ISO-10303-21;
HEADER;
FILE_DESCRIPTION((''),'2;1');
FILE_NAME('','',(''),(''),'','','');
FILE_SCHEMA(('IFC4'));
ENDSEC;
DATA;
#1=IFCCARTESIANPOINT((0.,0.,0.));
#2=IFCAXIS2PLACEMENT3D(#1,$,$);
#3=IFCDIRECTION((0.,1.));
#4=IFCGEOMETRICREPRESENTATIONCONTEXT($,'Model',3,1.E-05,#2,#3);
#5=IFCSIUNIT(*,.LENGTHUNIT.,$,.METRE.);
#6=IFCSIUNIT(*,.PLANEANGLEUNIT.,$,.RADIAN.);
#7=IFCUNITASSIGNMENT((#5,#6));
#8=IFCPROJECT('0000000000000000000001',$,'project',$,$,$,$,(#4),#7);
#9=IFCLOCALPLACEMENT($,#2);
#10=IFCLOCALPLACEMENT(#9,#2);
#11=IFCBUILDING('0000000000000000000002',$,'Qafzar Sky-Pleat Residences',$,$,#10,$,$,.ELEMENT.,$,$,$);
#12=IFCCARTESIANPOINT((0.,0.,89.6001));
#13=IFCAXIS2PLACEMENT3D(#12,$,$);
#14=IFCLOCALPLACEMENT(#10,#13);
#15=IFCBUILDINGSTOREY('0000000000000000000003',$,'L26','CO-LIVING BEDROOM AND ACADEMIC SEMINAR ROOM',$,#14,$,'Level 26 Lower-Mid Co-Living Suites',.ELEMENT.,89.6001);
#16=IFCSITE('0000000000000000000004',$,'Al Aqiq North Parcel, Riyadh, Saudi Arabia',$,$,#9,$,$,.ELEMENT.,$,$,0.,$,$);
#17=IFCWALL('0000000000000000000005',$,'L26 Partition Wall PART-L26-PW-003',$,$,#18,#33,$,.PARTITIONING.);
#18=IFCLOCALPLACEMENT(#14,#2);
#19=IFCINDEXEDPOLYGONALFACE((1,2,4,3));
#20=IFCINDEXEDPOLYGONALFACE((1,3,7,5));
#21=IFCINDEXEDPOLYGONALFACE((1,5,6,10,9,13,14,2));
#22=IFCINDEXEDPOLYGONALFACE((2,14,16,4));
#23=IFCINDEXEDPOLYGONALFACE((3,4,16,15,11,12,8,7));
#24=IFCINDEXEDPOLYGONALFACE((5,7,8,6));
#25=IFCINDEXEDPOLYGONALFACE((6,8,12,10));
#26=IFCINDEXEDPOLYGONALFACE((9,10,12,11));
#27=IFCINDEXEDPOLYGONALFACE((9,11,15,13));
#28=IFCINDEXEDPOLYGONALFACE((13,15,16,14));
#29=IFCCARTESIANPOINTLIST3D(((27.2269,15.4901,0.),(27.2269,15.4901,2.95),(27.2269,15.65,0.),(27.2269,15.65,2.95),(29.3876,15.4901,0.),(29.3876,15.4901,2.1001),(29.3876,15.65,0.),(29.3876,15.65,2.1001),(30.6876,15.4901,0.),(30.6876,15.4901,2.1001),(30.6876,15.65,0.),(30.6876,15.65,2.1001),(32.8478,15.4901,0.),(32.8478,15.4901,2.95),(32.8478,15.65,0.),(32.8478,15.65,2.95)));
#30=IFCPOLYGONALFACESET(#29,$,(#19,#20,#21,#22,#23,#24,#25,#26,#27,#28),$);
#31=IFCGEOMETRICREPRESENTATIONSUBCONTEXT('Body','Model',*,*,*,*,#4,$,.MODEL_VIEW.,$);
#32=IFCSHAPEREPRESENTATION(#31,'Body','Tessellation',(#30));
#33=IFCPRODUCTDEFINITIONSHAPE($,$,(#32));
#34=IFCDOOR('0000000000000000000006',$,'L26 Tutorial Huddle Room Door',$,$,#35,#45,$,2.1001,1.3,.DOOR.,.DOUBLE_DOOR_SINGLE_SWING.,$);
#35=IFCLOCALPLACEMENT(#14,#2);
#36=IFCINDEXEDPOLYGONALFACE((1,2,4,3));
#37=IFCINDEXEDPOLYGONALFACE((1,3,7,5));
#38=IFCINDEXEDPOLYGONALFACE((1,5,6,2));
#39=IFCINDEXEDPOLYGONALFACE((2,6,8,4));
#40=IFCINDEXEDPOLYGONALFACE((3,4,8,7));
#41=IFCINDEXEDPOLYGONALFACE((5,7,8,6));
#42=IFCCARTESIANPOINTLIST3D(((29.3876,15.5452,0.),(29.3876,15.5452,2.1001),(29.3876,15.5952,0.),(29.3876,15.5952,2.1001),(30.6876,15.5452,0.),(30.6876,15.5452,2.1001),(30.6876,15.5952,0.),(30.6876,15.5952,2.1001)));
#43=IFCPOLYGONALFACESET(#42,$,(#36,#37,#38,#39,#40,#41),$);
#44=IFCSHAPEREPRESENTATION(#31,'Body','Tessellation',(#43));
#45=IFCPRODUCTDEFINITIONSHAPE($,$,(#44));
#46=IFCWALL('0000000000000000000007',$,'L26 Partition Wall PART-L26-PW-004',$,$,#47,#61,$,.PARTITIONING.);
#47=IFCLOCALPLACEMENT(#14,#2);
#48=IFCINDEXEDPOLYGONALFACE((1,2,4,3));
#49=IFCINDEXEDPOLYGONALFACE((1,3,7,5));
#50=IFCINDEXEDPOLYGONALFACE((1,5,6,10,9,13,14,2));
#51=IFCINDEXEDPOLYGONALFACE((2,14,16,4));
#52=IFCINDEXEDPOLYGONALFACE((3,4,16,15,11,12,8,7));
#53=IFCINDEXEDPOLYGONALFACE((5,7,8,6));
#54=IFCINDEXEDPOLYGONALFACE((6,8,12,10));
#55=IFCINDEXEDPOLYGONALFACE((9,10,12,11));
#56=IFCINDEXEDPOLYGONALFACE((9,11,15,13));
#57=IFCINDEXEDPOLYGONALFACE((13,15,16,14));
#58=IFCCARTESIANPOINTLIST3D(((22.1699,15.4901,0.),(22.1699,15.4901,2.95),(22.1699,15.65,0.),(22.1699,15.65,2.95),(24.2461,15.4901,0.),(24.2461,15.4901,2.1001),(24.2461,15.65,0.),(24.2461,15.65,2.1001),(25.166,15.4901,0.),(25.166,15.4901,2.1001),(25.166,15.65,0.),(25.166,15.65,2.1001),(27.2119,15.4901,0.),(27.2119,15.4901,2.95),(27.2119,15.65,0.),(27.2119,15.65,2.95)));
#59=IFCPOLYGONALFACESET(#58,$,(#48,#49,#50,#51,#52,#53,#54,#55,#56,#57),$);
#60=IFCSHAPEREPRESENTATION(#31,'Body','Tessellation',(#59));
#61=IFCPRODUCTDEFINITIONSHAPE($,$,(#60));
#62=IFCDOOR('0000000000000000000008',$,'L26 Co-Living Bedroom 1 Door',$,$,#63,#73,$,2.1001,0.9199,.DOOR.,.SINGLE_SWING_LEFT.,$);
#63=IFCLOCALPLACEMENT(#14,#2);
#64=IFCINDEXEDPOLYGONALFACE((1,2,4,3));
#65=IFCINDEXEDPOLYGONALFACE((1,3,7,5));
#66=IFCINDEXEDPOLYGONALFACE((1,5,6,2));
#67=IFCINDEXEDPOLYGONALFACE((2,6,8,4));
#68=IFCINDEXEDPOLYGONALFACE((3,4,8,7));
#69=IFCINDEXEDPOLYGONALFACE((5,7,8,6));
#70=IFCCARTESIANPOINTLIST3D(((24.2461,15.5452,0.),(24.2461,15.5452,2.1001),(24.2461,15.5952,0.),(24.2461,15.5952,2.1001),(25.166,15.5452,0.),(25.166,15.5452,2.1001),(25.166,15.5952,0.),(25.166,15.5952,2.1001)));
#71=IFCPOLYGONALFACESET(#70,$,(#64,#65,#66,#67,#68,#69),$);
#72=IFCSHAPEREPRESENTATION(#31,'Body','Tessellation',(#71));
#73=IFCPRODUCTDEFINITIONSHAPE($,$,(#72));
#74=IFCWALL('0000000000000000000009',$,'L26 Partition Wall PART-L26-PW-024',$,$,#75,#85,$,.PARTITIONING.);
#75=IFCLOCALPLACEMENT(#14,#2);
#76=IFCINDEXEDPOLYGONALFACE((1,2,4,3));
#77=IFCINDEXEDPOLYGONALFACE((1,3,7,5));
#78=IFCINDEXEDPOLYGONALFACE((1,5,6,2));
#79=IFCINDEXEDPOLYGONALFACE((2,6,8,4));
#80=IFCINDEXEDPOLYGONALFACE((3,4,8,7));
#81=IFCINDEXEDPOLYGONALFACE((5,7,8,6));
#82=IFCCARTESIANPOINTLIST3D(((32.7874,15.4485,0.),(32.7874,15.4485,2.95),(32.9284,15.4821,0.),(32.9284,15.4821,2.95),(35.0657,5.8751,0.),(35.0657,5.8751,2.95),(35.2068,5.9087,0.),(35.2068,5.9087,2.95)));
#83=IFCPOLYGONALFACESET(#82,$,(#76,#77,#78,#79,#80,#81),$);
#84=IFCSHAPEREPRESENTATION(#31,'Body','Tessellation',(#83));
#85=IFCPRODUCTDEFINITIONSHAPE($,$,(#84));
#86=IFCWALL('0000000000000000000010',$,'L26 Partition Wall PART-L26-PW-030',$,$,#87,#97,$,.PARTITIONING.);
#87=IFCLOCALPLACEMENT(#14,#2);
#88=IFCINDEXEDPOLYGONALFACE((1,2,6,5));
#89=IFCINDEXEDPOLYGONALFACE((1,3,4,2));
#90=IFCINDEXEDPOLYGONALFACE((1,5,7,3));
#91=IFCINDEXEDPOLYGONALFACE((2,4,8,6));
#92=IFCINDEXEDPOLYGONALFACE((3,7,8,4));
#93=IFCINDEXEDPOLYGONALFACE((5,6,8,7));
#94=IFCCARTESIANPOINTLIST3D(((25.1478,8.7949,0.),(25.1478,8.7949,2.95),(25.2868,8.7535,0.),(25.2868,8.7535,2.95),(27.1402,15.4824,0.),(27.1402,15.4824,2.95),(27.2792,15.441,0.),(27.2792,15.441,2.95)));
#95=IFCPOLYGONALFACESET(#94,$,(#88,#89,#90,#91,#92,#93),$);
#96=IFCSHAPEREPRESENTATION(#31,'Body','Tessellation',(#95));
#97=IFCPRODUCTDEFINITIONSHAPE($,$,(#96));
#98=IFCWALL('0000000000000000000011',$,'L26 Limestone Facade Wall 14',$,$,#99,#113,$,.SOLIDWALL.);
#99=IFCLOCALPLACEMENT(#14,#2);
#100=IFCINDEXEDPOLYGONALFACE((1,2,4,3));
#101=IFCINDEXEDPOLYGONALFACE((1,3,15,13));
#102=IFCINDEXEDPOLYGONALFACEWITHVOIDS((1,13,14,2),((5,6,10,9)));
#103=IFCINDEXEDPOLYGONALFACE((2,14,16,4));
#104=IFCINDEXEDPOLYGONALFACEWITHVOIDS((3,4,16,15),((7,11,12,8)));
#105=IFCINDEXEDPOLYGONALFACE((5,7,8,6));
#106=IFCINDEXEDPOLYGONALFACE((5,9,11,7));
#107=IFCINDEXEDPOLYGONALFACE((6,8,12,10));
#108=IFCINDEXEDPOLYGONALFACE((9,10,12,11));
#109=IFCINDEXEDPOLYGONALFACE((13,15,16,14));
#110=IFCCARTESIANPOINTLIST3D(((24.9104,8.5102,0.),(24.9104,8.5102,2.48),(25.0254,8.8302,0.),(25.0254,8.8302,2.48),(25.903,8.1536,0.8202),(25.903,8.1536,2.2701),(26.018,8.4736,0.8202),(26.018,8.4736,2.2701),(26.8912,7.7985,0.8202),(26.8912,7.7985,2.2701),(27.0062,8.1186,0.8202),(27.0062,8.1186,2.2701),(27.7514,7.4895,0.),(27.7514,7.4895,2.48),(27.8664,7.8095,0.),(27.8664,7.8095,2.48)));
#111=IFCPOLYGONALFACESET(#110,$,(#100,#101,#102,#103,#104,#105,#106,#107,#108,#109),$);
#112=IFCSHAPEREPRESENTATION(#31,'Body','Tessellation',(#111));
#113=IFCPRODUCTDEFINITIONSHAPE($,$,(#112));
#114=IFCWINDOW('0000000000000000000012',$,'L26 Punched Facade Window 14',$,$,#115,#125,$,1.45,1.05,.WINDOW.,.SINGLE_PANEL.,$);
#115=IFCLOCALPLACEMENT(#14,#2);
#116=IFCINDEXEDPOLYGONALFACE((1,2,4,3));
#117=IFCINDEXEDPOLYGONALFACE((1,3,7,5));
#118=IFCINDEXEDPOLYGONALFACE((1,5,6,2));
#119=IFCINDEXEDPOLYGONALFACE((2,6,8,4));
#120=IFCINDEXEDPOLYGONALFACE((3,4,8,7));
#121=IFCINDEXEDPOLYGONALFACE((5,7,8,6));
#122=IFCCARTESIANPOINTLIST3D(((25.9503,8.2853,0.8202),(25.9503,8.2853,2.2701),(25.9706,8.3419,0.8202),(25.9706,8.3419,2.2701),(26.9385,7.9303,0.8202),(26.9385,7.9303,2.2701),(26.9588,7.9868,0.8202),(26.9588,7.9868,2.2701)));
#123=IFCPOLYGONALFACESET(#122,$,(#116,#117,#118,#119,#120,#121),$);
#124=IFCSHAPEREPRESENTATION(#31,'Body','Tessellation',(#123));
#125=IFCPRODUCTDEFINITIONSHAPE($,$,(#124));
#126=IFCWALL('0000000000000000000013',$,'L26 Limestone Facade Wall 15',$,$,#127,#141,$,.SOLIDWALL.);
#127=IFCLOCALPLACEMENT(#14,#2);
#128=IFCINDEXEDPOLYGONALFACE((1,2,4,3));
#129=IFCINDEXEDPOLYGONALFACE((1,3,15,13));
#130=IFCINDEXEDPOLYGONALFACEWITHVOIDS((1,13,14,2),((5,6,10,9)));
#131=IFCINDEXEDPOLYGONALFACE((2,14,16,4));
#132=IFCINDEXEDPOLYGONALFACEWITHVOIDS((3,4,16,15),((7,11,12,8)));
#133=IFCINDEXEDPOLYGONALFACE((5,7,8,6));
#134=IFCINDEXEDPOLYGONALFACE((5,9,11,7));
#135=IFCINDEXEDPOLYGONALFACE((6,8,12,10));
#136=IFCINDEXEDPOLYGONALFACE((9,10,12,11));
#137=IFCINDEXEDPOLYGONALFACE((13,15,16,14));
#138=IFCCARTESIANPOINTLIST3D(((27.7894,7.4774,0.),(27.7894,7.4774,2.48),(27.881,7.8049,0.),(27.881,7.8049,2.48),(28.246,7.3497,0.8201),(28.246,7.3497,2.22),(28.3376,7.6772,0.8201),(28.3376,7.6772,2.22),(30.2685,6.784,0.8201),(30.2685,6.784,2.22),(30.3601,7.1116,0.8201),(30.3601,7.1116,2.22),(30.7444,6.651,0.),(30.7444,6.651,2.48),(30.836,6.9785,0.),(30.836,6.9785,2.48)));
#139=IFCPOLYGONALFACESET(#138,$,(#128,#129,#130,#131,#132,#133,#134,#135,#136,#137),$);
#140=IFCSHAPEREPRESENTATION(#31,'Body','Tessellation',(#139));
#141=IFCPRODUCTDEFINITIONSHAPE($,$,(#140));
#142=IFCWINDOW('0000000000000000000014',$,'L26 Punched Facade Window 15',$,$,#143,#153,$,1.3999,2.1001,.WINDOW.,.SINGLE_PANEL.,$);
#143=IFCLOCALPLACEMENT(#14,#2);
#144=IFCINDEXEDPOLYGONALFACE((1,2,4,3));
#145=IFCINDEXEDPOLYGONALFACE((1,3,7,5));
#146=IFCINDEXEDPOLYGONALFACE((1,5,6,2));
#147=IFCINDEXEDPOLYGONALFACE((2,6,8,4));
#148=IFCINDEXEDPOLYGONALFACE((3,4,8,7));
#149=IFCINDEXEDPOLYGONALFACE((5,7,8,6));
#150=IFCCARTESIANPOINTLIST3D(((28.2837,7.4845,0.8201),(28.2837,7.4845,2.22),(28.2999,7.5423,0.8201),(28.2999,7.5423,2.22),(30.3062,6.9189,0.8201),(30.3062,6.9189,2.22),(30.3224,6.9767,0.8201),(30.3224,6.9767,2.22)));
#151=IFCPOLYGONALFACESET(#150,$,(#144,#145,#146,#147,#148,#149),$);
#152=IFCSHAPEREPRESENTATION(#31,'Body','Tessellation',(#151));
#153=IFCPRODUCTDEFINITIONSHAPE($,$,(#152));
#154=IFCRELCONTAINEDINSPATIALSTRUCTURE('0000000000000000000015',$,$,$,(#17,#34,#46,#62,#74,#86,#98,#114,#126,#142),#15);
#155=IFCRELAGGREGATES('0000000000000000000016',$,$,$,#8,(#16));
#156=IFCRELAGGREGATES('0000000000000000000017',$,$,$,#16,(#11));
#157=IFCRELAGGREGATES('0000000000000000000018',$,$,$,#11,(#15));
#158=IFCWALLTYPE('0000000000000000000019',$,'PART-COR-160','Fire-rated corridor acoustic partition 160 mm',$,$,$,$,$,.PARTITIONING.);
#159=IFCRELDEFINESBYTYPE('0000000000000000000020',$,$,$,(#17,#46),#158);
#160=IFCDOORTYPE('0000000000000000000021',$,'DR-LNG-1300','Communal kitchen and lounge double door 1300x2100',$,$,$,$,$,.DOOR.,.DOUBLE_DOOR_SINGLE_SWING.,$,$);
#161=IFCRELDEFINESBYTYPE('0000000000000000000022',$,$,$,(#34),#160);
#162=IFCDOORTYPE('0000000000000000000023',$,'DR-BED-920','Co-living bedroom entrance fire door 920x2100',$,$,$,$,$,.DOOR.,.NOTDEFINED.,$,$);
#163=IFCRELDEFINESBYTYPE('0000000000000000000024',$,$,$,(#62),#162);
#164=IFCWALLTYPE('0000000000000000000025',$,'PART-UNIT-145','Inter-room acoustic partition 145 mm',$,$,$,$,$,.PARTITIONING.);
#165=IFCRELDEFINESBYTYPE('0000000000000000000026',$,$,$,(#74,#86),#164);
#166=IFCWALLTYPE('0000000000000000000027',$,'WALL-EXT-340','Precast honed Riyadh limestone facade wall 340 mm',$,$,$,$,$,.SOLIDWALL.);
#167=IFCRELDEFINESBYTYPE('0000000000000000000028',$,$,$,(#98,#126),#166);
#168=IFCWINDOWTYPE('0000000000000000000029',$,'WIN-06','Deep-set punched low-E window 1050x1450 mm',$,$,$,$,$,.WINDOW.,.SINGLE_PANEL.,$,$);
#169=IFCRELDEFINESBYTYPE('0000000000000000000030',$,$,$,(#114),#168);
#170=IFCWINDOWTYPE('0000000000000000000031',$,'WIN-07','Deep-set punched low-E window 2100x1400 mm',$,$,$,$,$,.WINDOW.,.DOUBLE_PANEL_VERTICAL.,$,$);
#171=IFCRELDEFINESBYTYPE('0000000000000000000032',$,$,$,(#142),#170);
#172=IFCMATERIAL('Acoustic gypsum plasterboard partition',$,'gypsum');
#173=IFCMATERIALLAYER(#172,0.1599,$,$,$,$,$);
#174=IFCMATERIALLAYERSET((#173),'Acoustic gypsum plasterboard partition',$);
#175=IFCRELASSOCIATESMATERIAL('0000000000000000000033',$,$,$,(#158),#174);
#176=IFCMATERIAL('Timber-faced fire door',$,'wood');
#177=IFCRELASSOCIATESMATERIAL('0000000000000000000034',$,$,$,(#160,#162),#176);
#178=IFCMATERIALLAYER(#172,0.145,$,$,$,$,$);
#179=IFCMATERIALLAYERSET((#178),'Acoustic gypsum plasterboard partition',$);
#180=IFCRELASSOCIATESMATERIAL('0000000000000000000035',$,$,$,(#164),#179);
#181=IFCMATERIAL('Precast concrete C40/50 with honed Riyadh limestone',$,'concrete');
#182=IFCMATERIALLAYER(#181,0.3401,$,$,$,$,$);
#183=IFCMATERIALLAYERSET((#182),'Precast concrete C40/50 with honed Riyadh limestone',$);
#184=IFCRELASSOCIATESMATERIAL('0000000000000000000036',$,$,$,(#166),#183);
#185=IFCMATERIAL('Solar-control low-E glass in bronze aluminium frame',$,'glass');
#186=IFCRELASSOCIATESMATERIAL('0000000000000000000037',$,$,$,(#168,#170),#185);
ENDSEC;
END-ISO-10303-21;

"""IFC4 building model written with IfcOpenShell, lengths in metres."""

from ifc_helpers import new_model, si_unit, direction, frame, frame_2d, origin, place, context, subcontext, project, spatial, rectangle, extrude, source, transform, mapped, material, layer, layer_set, type_object, element, fill, save


model = new_model("IFC4")

# Units and contexts
model_context = context("Model", 3, precision=1e-05, world=origin(), true_north=direction((0.0, 1.0)))
body_context = subcontext(model_context, "Body", "Model", "MODEL_VIEW")
ifc_project = project(units=[si_unit("LENGTHUNIT", "METRE"), si_unit("PLANEANGLEUNIT", "RADIAN")], contexts=[model_context])

# Site, building, storey
site_placement = place(None, origin())
site = spatial("IfcSite", under=ifc_project, at=site_placement, Name="Al Aqiq North Parcel, Riyadh, Saudi Arabia", CompositionType="ELEMENT", RefElevation=0.0)
building_placement = place(site_placement, origin())
building = spatial("IfcBuilding", under=site, at=building_placement, Name="Qafzar Sky-Pleat Residences", CompositionType="ELEMENT")
storey_placement = place(building_placement, frame((0.0, 0.0, 89.6001)))
storey = spatial("IfcBuildingStorey", under=building, at=storey_placement, Name="L26", Description="CO-LIVING BEDROOM AND ACADEMIC SEMINAR ROOM", LongName="Level 26 Lower-Mid Co-Living Suites", CompositionType="ELEMENT", Elevation=89.6001)

# Walls, openings, doors
ifc_material_1 = material(Name="Acoustic gypsum plasterboard partition", Category="gypsum")
ifc_layer_1 = layer(ifc_material_1, 0.1599)
ifc_layer_set_1 = layer_set([ifc_layer_1], Name="Acoustic gypsum plasterboard partition")
wall_type_1 = type_object("IfcWallType", Name="PART-COR-160", Description="Fire-rated corridor acoustic partition 160 mm", PredefinedType="PARTITIONING", material=ifc_layer_set_1)
wall_1_placement = place(storey_placement, frame((32.8479, 15.5701, 0.0), z_axis=(0.0, 0.0, 1.0), x_axis=(-1.0, 0.0, 0.0)))
wall_1 = element("IfcWall", 1, at=wall_1_placement, inside=storey, type_object=wall_type_1, Name="L26 Partition Wall PART-L26-PW-003", PredefinedType="PARTITIONING", context=body_context, shape_type="SweptSolid", body=[
    extrude(rectangle(XDim=5.6208, YDim=0.1599, at=frame_2d((2.8105, 0.0))), origin(), (0.0, 0.0, 1.0), 2.95),
])
opening_1_placement = place(wall_1_placement, frame((2.1604, 0.0, 0.0)))
opening_1 = element("IfcOpeningElement", 2, at=opening_1_placement, cuts=wall_1, PredefinedType="OPENING", context=body_context, shape_type="SweptSolid", body=[
    extrude(rectangle(XDim=1.3, YDim=2.1001, at=frame_2d((0.6499, 1.05))), frame((0.0, 0.0898, 0.0), z_axis=(0.0, -1.0, 0.0), x_axis=(1.0, 0.0, 0.0)), (0.0, 0.0, 1.0), 0.1799),
])
ifc_material_2 = material(Name="Timber-faced fire door", Category="wood")
door_type_1 = type_object("IfcDoorType", Name="DR-LNG-1300", Description="Communal kitchen and lounge double door 1300x2100", OperationType="DOUBLE_DOOR_SINGLE_SWING", PredefinedType="DOOR", material=ifc_material_2)
shared_shape_1 = source(origin(), body_context, "Body", "SweptSolid", [
    extrude(rectangle(XDim=1.3, YDim=2.1001, at=frame_2d((0.6499, 1.05))), frame((0.0, 0.0249, 0.0), z_axis=(0.0, -1.0, 0.0), x_axis=(1.0, 0.0, 0.0)), (0.0, 0.0, 1.0), 0.05),
])
door_1_placement = place(opening_1_placement, origin())
door_1 = element("IfcDoor", 3, at=door_1_placement, inside=storey, type_object=door_type_1, Name="L26 Tutorial Huddle Room Door", OperationType="DOUBLE_DOOR_SINGLE_SWING", OverallHeight=2.1001, OverallWidth=1.3, PredefinedType="DOOR", context=body_context, shape_type="MappedRepresentation", body=[
    mapped(shared_shape_1, transform((0.0, 0.0, 0.0), x_axis=(1.0, 0.0, 0.0), y_axis=(0.0, 1.0, 0.0), z_axis=(0.0, 0.0, 1.0), scale=1.0)),
])
fill(opening_1, door_1)
wall_2_placement = place(storey_placement, frame((27.2119, 15.5701, 0.0), z_axis=(0.0, 0.0, 1.0), x_axis=(-1.0, 0.0, 0.0)))
wall_2 = element("IfcWall", 4, at=wall_2_placement, inside=storey, type_object=wall_type_1, Name="L26 Partition Wall PART-L26-PW-004", PredefinedType="PARTITIONING", context=body_context, shape_type="SweptSolid", body=[
    extrude(rectangle(XDim=5.042, YDim=0.1599, at=frame_2d((2.521, 0.0))), origin(), (0.0, 0.0, 1.0), 2.95),
])
opening_2_placement = place(wall_2_placement, frame((2.0459, 0.0, 0.0)))
opening_2 = element("IfcOpeningElement", 5, at=opening_2_placement, cuts=wall_2, PredefinedType="OPENING", context=body_context, shape_type="SweptSolid", body=[
    extrude(rectangle(XDim=0.9199, YDim=2.1001, at=frame_2d((0.46, 1.05))), frame((0.0, 0.0898, 0.0), z_axis=(0.0, -1.0, 0.0), x_axis=(1.0, 0.0, 0.0)), (0.0, 0.0, 1.0), 0.1799),
])
door_type_2 = type_object("IfcDoorType", Name="DR-BED-920", Description="Co-living bedroom entrance fire door 920x2100", OperationType="NOTDEFINED", PredefinedType="DOOR", material=ifc_material_2)
shared_shape_2 = source(origin(), body_context, "Body", "SweptSolid", [
    extrude(rectangle(XDim=0.9199, YDim=2.1001, at=frame_2d((0.46, 1.05))), frame((0.0, 0.0249, 0.0), z_axis=(0.0, -1.0, 0.0), x_axis=(1.0, 0.0, 0.0)), (0.0, 0.0, 1.0), 0.05),
])
door_2_placement = place(opening_2_placement, origin())
door_2 = element("IfcDoor", 6, at=door_2_placement, inside=storey, type_object=door_type_2, Name="L26 Co-Living Bedroom 1 Door", OperationType="SINGLE_SWING_LEFT", OverallHeight=2.1001, OverallWidth=0.9199, PredefinedType="DOOR", context=body_context, shape_type="MappedRepresentation", body=[
    mapped(shared_shape_2, transform((0.0, 0.0, 0.0), x_axis=(1.0, 0.0, 0.0), y_axis=(0.0, 1.0, 0.0), z_axis=(0.0, 0.0, 1.0), scale=1.0)),
])
fill(opening_2, door_2)

# Walls
ifc_layer_2 = layer(ifc_material_1, 0.145)
ifc_layer_set_2 = layer_set([ifc_layer_2], Name="Acoustic gypsum plasterboard partition")
wall_type_2 = type_object("IfcWallType", Name="PART-UNIT-145", Description="Inter-room acoustic partition 145 mm", PredefinedType="PARTITIONING", material=ifc_layer_set_2)
wall_3_placement = place(storey_placement, frame((32.8579, 15.4653, 0.0), z_axis=(0.0, 0.0, 1.0), x_axis=(0.231517, -0.972831, 0.0)))
element("IfcWall", 7, at=wall_3_placement, inside=storey, type_object=wall_type_2, Name="L26 Partition Wall PART-L26-PW-024", PredefinedType="PARTITIONING", context=body_context, shape_type="SweptSolid", body=[
    extrude(rectangle(XDim=9.8408, YDim=0.145, at=frame_2d((4.9204, 0.0))), origin(), (0.0, 0.0, 1.0), 2.95),
])
wall_4_placement = place(storey_placement, frame((25.2173, 8.7742, 0.0), z_axis=(0.0, 0.0, 1.0), x_axis=(0.285531, 0.95837, 0.0)))
element("IfcWall", 8, at=wall_4_placement, inside=storey, type_object=wall_type_2, Name="L26 Partition Wall PART-L26-PW-030", PredefinedType="PARTITIONING", context=body_context, shape_type="SweptSolid", body=[
    extrude(rectangle(XDim=6.978, YDim=0.145, at=frame_2d((3.489, 0.0))), origin(), (0.0, 0.0, 1.0), 2.95),
])

# Walls, openings, windows
ifc_material_3 = material(Name="Precast concrete C40/50 with honed Riyadh limestone", Category="concrete")
ifc_layer_3 = layer(ifc_material_3, 0.3401)
ifc_layer_set_3 = layer_set([ifc_layer_3], Name="Precast concrete C40/50 with honed Riyadh limestone")
wall_type_3 = type_object("IfcWallType", Name="WALL-EXT-340", Description="Precast honed Riyadh limestone facade wall 340 mm", PredefinedType="SOLIDWALL", material=ifc_layer_set_3)
wall_5_placement = place(storey_placement, frame((24.968, 8.6702, 0.0), z_axis=(0.0, 0.0, 1.0), x_axis=(0.941102, -0.338124, 0.0)))
wall_5 = element("IfcWall", 9, at=wall_5_placement, inside=storey, type_object=wall_type_3, Name="L26 Limestone Facade Wall 14", PredefinedType="SOLIDWALL", context=body_context, shape_type="SweptSolid", body=[
    extrude(rectangle(XDim=3.0188, YDim=0.3401, at=frame_2d((1.5093, 0.0))), origin(), (0.0, 0.0, 1.0), 2.48),
])
opening_3_placement = place(wall_5_placement, frame((1.0547, 0.0, 0.8201)))
opening_3 = element("IfcOpeningElement", 10, at=opening_3_placement, cuts=wall_5, PredefinedType="OPENING", context=body_context, shape_type="SweptSolid", body=[
    extrude(rectangle(XDim=1.05, YDim=1.45, at=frame_2d((0.5249, 0.7251))), frame((0.0, 0.1802, 0.0), z_axis=(0.0, -1.0, 0.0), x_axis=(1.0, 0.0, 0.0)), (0.0, 0.0, 1.0), 0.3601),
])
ifc_material_4 = material(Name="Solar-control low-E glass in bronze aluminium frame", Category="glass")
window_type_1 = type_object("IfcWindowType", Name="WIN-06", Description="Deep-set punched low-E window 1050x1450 mm", PartitioningType="SINGLE_PANEL", PredefinedType="WINDOW", material=ifc_material_4)
shared_shape_3 = source(origin(), body_context, "Body", "SweptSolid", [
    extrude(rectangle(XDim=1.05, YDim=1.45, at=frame_2d((0.5249, 0.7251))), frame((0.0, 0.03, 0.0), z_axis=(0.0, -1.0, 0.0), x_axis=(1.0, 0.0, 0.0)), (0.0, 0.0, 1.0), 0.0601),
])
window_1_placement = place(opening_3_placement, origin())
window_1 = element("IfcWindow", 11, at=window_1_placement, inside=storey, type_object=window_type_1, Name="L26 Punched Facade Window 14", OverallHeight=1.45, OverallWidth=1.05, PartitioningType="SINGLE_PANEL", PredefinedType="WINDOW", context=body_context, shape_type="MappedRepresentation", body=[
    mapped(shared_shape_3, transform((0.0, 0.0, 0.0), x_axis=(1.0, 0.0, 0.0), y_axis=(0.0, 1.0, 0.0), z_axis=(0.0, 0.0, 1.0), scale=1.0)),
])
fill(opening_3, window_1)
wall_6_placement = place(storey_placement, frame((27.8352, 7.6411, 0.0), z_axis=(0.0, 0.0, 1.0), x_axis=(0.963049, -0.269326, 0.0)))
wall_6 = element("IfcWall", 12, at=wall_6_placement, inside=storey, type_object=wall_type_3, Name="L26 Limestone Facade Wall 15", PredefinedType="SOLIDWALL", context=body_context, shape_type="SweptSolid", body=[
    extrude(rectangle(XDim=3.0684, YDim=0.3401, at=frame_2d((1.5342, 0.0))), origin(), (0.0, 0.0, 1.0), 2.48),
])
opening_4_placement = place(wall_6_placement, frame((0.4741, 0.0, 0.8201)))
opening_4 = element("IfcOpeningElement", 13, at=opening_4_placement, cuts=wall_6, PredefinedType="OPENING", context=body_context, shape_type="SweptSolid", body=[
    extrude(rectangle(XDim=2.1001, YDim=1.3999, at=frame_2d((1.05, 0.7))), frame((0.0, 0.1802, 0.0), z_axis=(0.0, -1.0, 0.0), x_axis=(1.0, 0.0, 0.0)), (0.0, 0.0, 1.0), 0.3601),
])
window_type_2 = type_object("IfcWindowType", Name="WIN-07", Description="Deep-set punched low-E window 2100x1400 mm", PartitioningType="DOUBLE_PANEL_VERTICAL", PredefinedType="WINDOW", material=ifc_material_4)
shared_shape_4 = source(origin(), body_context, "Body", "SweptSolid", [
    extrude(rectangle(XDim=2.1001, YDim=1.3999, at=frame_2d((1.05, 0.7))), frame((0.0, 0.03, 0.0), z_axis=(0.0, -1.0, 0.0), x_axis=(1.0, 0.0, 0.0)), (0.0, 0.0, 1.0), 0.0601),
])
window_2_placement = place(opening_4_placement, origin())
window_2 = element("IfcWindow", 14, at=window_2_placement, inside=storey, type_object=window_type_2, Name="L26 Punched Facade Window 15", OverallHeight=1.3999, OverallWidth=2.1001, PartitioningType="SINGLE_PANEL", PredefinedType="WINDOW", context=body_context, shape_type="MappedRepresentation", body=[
    mapped(shared_shape_4, transform((0.0, 0.0, 0.0), x_axis=(1.0, 0.0, 0.0), y_axis=(0.0, 1.0, 0.0), z_axis=(0.0, 0.0, 1.0), scale=1.0)),
])
fill(opening_4, window_2)

save(model, "model.ifc")
